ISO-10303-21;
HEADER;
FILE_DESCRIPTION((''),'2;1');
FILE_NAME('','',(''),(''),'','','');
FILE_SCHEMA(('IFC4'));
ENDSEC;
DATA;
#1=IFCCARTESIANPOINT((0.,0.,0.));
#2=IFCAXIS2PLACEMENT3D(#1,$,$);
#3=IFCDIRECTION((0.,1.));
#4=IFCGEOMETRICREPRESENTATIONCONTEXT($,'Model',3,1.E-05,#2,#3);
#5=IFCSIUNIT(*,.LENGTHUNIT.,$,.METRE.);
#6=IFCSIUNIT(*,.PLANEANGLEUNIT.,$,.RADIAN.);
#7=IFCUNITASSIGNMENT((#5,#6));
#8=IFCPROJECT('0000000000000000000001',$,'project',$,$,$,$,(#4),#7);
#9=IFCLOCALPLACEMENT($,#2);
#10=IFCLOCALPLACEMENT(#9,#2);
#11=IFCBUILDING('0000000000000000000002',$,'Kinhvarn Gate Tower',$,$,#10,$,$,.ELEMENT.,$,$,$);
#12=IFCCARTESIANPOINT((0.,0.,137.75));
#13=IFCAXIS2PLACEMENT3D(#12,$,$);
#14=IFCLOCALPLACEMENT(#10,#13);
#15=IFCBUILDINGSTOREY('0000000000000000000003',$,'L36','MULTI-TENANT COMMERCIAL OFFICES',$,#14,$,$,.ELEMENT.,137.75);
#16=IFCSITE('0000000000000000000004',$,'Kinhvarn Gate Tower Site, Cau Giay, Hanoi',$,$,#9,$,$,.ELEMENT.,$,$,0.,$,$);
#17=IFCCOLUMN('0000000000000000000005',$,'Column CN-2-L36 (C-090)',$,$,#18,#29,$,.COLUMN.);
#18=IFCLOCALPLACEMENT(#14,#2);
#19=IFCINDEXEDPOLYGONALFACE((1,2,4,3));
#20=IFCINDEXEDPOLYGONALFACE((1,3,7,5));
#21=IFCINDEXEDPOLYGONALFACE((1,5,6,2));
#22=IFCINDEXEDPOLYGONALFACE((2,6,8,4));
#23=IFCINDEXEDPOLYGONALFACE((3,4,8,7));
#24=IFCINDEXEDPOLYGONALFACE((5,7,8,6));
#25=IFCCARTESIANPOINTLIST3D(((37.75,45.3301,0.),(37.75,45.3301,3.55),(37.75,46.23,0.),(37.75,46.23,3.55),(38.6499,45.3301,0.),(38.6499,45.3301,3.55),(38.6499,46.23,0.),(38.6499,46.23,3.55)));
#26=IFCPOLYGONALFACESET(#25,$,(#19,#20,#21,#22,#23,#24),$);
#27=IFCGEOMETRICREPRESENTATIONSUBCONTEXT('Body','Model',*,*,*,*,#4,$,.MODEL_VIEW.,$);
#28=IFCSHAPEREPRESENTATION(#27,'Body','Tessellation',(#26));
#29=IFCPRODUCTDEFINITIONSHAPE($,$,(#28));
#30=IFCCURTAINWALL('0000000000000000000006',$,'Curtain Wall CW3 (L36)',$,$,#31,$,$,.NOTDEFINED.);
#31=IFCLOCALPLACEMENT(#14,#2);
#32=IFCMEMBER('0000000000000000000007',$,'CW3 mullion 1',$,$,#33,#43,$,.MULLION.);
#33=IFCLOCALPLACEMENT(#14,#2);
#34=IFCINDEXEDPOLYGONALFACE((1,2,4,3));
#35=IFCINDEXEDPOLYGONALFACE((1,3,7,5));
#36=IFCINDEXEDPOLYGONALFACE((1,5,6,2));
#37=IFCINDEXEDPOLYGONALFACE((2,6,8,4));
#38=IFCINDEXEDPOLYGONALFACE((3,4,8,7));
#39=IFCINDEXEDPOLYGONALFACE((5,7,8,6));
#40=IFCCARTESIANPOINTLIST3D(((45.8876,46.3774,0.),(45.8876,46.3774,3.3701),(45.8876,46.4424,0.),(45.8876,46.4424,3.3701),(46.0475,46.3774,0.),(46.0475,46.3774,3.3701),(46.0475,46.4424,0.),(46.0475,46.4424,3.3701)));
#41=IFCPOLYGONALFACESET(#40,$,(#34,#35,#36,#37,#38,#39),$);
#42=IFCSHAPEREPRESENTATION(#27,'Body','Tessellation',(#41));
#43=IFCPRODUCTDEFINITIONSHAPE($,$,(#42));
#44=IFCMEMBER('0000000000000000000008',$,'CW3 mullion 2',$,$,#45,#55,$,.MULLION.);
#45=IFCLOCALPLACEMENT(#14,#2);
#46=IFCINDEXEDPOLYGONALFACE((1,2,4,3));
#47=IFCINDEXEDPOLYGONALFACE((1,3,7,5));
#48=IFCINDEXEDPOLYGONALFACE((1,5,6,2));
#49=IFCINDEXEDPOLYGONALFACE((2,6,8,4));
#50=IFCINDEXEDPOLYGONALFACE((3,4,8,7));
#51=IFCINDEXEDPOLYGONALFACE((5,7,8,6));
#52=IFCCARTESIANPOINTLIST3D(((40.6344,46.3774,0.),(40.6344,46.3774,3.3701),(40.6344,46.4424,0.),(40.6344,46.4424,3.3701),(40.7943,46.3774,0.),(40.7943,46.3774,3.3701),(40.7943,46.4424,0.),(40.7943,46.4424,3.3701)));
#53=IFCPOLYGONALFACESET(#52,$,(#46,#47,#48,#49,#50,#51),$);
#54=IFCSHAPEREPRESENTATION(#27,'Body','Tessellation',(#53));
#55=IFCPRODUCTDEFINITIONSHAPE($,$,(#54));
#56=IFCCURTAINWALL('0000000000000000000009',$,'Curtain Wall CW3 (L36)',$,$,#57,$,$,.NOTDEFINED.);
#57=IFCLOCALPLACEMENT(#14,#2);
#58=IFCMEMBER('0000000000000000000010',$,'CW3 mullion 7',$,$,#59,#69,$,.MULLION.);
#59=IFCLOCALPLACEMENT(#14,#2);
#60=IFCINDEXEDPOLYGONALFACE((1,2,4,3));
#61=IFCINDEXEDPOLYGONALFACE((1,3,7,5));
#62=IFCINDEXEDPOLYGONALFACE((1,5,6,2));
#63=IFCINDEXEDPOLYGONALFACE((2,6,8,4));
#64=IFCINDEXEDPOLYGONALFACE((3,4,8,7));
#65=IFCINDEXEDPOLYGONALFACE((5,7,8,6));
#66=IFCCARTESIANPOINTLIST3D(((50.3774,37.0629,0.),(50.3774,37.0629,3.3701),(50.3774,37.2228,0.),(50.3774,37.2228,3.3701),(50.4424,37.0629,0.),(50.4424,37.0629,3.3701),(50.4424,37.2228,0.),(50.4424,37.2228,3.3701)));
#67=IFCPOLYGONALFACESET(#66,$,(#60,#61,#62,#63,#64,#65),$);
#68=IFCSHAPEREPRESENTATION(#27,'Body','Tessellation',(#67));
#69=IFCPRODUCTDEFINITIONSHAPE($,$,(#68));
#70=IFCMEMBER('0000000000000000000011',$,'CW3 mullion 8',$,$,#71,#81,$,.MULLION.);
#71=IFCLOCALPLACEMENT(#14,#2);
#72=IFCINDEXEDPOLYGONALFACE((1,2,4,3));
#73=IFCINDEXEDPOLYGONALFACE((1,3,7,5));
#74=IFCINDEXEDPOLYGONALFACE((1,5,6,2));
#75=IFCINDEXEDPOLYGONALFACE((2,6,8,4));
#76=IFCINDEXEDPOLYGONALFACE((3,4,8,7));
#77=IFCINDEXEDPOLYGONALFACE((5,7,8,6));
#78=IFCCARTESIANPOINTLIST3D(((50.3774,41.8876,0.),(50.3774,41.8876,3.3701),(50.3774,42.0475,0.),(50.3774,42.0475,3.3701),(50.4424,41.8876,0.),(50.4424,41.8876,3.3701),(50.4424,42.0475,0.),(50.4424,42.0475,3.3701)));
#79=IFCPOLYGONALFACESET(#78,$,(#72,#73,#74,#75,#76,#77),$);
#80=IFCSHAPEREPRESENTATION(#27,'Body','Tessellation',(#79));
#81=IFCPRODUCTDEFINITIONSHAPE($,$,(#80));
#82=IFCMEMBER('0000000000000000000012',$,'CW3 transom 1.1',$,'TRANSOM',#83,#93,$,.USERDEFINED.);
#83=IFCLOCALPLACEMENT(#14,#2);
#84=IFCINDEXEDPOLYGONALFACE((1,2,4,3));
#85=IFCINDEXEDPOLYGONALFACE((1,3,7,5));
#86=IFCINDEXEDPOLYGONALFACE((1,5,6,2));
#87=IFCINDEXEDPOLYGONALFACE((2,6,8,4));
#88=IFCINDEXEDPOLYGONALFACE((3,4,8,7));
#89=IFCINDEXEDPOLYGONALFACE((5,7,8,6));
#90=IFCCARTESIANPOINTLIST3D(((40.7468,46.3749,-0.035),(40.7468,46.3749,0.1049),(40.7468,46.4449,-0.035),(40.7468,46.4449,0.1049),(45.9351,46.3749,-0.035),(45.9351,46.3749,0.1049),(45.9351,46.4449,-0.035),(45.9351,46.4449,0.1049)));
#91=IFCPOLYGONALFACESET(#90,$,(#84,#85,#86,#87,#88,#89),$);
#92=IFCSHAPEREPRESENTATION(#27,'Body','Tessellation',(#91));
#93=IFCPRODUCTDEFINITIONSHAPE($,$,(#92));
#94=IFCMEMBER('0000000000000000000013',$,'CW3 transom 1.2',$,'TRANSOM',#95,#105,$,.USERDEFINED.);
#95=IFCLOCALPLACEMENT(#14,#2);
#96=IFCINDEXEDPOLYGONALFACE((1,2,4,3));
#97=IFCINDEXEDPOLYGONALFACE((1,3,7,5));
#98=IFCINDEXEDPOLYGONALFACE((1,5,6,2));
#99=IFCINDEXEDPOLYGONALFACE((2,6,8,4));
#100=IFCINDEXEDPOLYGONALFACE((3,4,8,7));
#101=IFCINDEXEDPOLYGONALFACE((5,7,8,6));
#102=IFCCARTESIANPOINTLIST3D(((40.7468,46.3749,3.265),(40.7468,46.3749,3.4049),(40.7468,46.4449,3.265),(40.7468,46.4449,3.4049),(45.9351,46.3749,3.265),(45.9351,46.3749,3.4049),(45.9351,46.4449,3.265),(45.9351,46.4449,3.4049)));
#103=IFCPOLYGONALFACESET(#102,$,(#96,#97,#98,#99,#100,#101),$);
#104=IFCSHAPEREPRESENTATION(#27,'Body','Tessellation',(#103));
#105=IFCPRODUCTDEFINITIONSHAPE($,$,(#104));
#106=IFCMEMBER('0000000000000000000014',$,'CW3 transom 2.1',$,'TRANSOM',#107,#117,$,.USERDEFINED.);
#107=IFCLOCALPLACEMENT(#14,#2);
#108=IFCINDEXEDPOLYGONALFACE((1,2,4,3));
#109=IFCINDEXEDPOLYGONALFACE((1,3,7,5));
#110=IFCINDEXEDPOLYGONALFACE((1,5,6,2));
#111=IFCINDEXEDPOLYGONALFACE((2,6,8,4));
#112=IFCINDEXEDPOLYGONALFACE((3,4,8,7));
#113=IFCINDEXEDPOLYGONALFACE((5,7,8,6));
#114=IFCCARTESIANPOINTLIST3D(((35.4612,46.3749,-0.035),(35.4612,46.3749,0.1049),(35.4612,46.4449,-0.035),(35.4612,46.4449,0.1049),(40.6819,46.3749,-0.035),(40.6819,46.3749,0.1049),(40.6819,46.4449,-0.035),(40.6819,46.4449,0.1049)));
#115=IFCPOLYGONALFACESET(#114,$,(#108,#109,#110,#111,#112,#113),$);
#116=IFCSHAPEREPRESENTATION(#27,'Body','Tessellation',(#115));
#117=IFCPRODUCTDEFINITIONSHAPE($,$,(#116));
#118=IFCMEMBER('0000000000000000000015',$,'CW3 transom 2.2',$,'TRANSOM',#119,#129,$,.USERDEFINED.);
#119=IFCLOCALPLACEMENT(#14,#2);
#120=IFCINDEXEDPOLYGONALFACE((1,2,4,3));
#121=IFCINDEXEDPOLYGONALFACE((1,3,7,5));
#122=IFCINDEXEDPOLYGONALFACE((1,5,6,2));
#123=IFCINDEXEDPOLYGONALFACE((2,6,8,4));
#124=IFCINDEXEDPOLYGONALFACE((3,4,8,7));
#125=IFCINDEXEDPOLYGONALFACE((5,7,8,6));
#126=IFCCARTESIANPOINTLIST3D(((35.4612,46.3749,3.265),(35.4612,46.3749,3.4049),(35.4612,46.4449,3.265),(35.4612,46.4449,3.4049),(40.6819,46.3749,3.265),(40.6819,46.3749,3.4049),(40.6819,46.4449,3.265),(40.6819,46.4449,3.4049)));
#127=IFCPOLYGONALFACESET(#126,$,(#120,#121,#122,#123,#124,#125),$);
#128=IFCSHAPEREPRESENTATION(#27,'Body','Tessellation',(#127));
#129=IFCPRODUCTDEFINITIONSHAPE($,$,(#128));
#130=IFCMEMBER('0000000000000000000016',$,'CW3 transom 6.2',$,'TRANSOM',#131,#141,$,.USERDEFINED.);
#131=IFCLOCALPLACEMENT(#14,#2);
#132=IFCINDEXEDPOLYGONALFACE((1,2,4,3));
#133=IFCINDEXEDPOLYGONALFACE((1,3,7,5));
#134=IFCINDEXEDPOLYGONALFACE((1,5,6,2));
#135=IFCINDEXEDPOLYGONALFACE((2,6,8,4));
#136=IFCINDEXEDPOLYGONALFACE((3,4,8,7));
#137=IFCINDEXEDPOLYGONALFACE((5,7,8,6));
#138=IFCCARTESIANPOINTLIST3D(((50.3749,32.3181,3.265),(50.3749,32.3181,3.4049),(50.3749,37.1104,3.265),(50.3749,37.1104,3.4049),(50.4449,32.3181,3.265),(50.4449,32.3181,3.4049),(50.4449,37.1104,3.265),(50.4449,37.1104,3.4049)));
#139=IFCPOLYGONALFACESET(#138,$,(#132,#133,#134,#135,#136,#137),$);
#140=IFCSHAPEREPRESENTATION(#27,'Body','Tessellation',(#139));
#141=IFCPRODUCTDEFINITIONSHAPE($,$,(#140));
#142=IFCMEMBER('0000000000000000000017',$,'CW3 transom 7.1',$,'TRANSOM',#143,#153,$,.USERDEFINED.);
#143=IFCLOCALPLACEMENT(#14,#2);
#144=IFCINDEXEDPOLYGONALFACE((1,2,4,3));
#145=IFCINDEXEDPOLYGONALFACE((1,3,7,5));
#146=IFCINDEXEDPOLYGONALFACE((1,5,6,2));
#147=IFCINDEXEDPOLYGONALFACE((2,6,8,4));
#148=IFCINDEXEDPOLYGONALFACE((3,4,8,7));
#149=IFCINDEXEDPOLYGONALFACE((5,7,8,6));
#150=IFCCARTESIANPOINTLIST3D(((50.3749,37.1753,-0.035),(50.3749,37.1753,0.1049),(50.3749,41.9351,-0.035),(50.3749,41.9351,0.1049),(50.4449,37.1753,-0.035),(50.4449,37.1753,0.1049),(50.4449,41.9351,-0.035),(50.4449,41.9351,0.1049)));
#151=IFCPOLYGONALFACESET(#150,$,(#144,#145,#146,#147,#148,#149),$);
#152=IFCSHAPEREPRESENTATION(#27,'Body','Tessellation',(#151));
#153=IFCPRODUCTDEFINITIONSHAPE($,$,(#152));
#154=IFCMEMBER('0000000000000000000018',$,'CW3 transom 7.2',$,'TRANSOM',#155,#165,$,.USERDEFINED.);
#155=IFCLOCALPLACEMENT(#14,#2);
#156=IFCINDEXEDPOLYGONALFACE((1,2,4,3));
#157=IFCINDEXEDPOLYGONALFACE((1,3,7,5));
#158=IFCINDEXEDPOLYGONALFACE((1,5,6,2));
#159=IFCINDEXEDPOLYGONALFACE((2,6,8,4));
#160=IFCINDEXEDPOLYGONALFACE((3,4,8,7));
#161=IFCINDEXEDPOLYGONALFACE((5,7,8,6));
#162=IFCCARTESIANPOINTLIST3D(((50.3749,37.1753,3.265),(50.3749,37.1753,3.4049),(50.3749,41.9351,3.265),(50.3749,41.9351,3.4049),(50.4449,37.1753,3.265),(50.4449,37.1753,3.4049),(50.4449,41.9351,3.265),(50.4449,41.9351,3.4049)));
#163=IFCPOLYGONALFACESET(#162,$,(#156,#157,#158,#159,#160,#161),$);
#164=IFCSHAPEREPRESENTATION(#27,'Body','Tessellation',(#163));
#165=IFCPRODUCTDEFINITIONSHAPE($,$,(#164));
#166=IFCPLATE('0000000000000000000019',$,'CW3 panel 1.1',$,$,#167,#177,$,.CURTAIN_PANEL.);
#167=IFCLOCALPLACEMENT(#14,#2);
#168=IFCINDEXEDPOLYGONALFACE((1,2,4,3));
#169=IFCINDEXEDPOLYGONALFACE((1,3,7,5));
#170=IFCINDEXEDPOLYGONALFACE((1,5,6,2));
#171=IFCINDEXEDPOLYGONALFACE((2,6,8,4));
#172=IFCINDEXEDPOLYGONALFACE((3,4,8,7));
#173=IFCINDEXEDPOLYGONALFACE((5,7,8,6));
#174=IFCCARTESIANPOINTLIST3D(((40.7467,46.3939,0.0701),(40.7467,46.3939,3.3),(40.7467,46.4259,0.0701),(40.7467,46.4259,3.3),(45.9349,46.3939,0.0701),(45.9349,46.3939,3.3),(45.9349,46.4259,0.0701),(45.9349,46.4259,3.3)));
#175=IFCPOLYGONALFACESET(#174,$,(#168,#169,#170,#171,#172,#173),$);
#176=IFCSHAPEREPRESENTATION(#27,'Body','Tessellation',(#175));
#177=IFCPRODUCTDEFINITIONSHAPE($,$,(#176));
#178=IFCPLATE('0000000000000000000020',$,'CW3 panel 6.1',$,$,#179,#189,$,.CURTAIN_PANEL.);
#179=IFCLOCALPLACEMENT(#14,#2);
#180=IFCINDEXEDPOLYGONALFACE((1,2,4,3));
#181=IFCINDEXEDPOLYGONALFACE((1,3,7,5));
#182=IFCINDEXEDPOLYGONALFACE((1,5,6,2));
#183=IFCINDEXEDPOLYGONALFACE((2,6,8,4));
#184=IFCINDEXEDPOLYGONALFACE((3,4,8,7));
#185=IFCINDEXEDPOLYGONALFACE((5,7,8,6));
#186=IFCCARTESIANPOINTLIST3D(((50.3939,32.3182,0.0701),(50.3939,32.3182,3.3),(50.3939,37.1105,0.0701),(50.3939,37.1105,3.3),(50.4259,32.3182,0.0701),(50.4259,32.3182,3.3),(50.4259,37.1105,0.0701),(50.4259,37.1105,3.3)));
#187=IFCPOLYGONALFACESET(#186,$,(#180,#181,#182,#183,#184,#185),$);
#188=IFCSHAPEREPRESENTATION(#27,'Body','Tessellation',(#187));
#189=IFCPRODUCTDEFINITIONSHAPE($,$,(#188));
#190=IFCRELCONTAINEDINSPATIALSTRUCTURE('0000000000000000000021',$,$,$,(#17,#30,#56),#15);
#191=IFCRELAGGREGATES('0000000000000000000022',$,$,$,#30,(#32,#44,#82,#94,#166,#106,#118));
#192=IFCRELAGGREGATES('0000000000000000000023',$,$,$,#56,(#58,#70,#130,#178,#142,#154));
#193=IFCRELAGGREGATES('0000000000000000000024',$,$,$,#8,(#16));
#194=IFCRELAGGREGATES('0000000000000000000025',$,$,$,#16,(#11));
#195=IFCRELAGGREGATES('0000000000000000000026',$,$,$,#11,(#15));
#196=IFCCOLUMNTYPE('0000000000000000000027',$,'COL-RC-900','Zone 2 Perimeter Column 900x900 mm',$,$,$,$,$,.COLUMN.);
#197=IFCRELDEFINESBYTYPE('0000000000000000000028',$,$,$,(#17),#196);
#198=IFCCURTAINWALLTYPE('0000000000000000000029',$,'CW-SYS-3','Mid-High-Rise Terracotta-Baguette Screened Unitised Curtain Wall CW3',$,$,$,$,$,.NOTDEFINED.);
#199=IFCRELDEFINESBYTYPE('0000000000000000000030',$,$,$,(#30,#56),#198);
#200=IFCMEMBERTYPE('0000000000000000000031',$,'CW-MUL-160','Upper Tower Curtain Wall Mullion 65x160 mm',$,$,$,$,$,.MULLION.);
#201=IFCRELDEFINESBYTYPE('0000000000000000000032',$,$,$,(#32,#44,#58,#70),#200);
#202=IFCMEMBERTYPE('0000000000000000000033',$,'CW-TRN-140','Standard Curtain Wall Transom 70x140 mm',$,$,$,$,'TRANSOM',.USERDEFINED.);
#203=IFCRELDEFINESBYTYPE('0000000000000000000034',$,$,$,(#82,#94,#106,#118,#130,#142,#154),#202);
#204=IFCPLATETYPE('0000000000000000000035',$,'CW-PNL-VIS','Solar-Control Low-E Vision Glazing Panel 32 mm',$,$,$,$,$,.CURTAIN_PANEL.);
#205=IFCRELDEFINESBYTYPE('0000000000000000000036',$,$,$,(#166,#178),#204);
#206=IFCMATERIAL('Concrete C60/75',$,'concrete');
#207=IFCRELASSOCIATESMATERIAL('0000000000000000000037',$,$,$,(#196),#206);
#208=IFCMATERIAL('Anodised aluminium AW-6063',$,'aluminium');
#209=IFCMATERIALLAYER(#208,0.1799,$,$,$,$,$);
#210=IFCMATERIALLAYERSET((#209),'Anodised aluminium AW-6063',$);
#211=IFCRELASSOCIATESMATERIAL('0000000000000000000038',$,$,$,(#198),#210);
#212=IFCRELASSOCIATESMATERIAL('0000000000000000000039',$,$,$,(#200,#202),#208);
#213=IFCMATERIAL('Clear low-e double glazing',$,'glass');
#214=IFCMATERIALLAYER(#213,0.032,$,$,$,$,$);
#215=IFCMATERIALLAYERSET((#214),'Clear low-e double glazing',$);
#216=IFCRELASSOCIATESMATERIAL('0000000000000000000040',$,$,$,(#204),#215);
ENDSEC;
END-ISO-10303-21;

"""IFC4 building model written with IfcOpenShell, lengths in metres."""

from ifc_helpers import new_model, si_unit, direction, frame, origin, origin_2d, place, context, subcontext, project, spatial, rectangle, extrude, material, layer, layer_set, material_profile, profile_set, type_object, element, aggregate, save


model = new_model("IFC4")

# Units and contexts
model_context = context("Model", 3, precision=1e-05, world=origin(), true_north=direction((0.0, 1.0)))
body_context = subcontext(model_context, "Body", "Model", "MODEL_VIEW")
ifc_project = project(units=[si_unit("LENGTHUNIT", "METRE"), si_unit("PLANEANGLEUNIT", "RADIAN")], contexts=[model_context])

# Site, building, storey
site_placement = place(None, origin())
site = spatial("IfcSite", under=ifc_project, at=site_placement, Name="Kinhvarn Gate Tower Site, Cau Giay, Hanoi", CompositionType="ELEMENT", RefElevation=0.0)
building_placement = place(site_placement, origin())
building = spatial("IfcBuilding", under=site, at=building_placement, Name="Kinhvarn Gate Tower", CompositionType="ELEMENT")
storey_placement = place(building_placement, frame((0.0, 0.0, 137.75)))
storey = spatial("IfcBuildingStorey", under=building, at=storey_placement, Name="L36", Description="MULTI-TENANT COMMERCIAL OFFICES", CompositionType="ELEMENT", Elevation=137.75)

# Column
ifc_material_1 = material(Name="Concrete C60/75", Category="concrete")
ifc_material_profile_1 = material_profile(ifc_material_1, rectangle(XDim=0.8999, YDim=0.8999, at=origin_2d()), Name="RC 900x900")
ifc_profile_set_1 = profile_set([ifc_material_profile_1], Name="Concrete C60/75")
column_type = type_object("IfcColumnType", Name="COL-RC-900", Description="Zone 2 Perimeter Column 900x900 mm", PredefinedType="COLUMN", material=ifc_profile_set_1)
column_placement = place(storey_placement, frame((38.2, 45.78, 0.0), z_axis=(0.0, 0.0, 1.0), x_axis=(1.0, 0.0, 0.0)))
element("IfcColumn", 1, at=column_placement, inside=storey, type_object=column_type, Name="Column CN-2-L36 (C-090)", PredefinedType="COLUMN", context=body_context, shape_type="SweptSolid", body=[
    extrude(rectangle(XDim=0.8999, YDim=0.8999, at=origin_2d()), origin(), (0.0, 0.0, 1.0), 3.55),
])

# Curtain walls, members
ifc_material_2 = material(Name="Anodised aluminium AW-6063", Category="aluminium")
ifc_layer_1 = layer(ifc_material_2, 0.1799)
ifc_layer_set_1 = layer_set([ifc_layer_1], Name="Anodised aluminium AW-6063")
curtain_wall_type = type_object("IfcCurtainWallType", Name="CW-SYS-3", Description="Mid-High-Rise Terracotta-Baguette Screened Unitised Curtain Wall CW3", PredefinedType="NOTDEFINED", material=ifc_layer_set_1)
curtain_wall_1_placement = place(storey_placement, origin())
curtain_wall_1 = element("IfcCurtainWall", 2, at=curtain_wall_1_placement, inside=storey, type_object=curtain_wall_type, Name="Curtain Wall CW3 (L36)", PredefinedType="NOTDEFINED")
ifc_material_profile_2 = material_profile(ifc_material_2, rectangle(XDim=0.0649, YDim=0.1599, at=origin_2d()), Name="ALU 65x160")
ifc_profile_set_2 = profile_set([ifc_material_profile_2], Name="Anodised aluminium AW-6063")
member_type_1 = type_object("IfcMemberType", Name="CW-MUL-160", Description="Upper Tower Curtain Wall Mullion 65x160 mm", PredefinedType="MULLION", material=ifc_profile_set_2)
member_1_placement = place(storey_placement, frame((45.9675, 46.4099, 0.0), z_axis=(0.0, 0.0, 1.0), x_axis=(0.0, -1.0, 0.0)))
member_1 = element("IfcMember", 3, at=member_1_placement, type_object=member_type_1, Name="CW3 mullion 1", PredefinedType="MULLION", context=body_context, shape_type="SweptSolid", body=[
    extrude(rectangle(XDim=0.0649, YDim=0.1599, at=origin_2d()), origin(), (0.0, 0.0, 1.0), 3.3701),
])
member_2_placement = place(storey_placement, frame((40.7144, 46.4099, 0.0), z_axis=(0.0, 0.0, 1.0), x_axis=(0.0, -1.0, 0.0)))
member_2 = element("IfcMember", 4, at=member_2_placement, type_object=member_type_1, Name="CW3 mullion 2", PredefinedType="MULLION", context=body_context, shape_type="SweptSolid", body=[
    extrude(rectangle(XDim=0.0649, YDim=0.1599, at=origin_2d()), origin(), (0.0, 0.0, 1.0), 3.3701),
])
curtain_wall_2_placement = place(storey_placement, origin())
curtain_wall_2 = element("IfcCurtainWall", 5, at=curtain_wall_2_placement, inside=storey, type_object=curtain_wall_type, Name="Curtain Wall CW3 (L36)", PredefinedType="NOTDEFINED")
member_3_placement = place(storey_placement, frame((50.4099, 37.1428, 0.0), z_axis=(0.0, 0.0, 1.0), x_axis=(-1.0, 0.0, 0.0)))
member_3 = element("IfcMember", 6, at=member_3_placement, type_object=member_type_1, Name="CW3 mullion 7", PredefinedType="MULLION", context=body_context, shape_type="SweptSolid", body=[
    extrude(rectangle(XDim=0.0649, YDim=0.1599, at=origin_2d()), origin(), (0.0, 0.0, 1.0), 3.3701),
])
member_4_placement = place(storey_placement, frame((50.4099, 41.9675, 0.0), z_axis=(0.0, 0.0, 1.0), x_axis=(-1.0, 0.0, 0.0)))
member_4 = element("IfcMember", 7, at=member_4_placement, type_object=member_type_1, Name="CW3 mullion 8", PredefinedType="MULLION", context=body_context, shape_type="SweptSolid", body=[
    extrude(rectangle(XDim=0.0649, YDim=0.1599, at=origin_2d()), origin(), (0.0, 0.0, 1.0), 3.3701),
])

# Members
ifc_material_profile_3 = material_profile(ifc_material_2, rectangle(XDim=0.0701, YDim=0.1399, at=origin_2d()), Name="ALU 70x140")
ifc_profile_set_3 = profile_set([ifc_material_profile_3], Name="Anodised aluminium AW-6063")
member_type_2 = type_object("IfcMemberType", Name="CW-TRN-140", Description="Standard Curtain Wall Transom 70x140 mm", ElementType="TRANSOM", PredefinedType="USERDEFINED", material=ifc_profile_set_3)
member_5_placement = place(storey_placement, frame((45.9351, 46.4099, 0.0349), z_axis=(-1.0, 0.0, 0.0), x_axis=(0.0, -1.0, 0.0)))
member_5 = element("IfcMember", 8, at=member_5_placement, type_object=member_type_2, Name="CW3 transom 1.1", ObjectType="TRANSOM", PredefinedType="USERDEFINED", context=body_context, shape_type="SweptSolid", body=[
    extrude(rectangle(XDim=0.0701, YDim=0.1399, at=origin_2d()), origin(), (0.0, 0.0, 1.0), 5.1882),
])
member_6_placement = place(storey_placement, frame((45.9351, 46.4099, 3.335), z_axis=(-1.0, 0.0, 0.0), x_axis=(0.0, -1.0, 0.0)))
member_6 = element("IfcMember", 9, at=member_6_placement, type_object=member_type_2, Name="CW3 transom 1.2", ObjectType="TRANSOM", PredefinedType="USERDEFINED", context=body_context, shape_type="SweptSolid", body=[
    extrude(rectangle(XDim=0.0701, YDim=0.1399, at=origin_2d()), origin(), (0.0, 0.0, 1.0), 5.1882),
])
member_7_placement = place(storey_placement, frame((40.6819, 46.4099, 0.0349), z_axis=(-1.0, 0.0, 0.0), x_axis=(0.0, -1.0, 0.0)))
member_7 = element("IfcMember", 10, at=member_7_placement, type_object=member_type_2, Name="CW3 transom 2.1", ObjectType="TRANSOM", PredefinedType="USERDEFINED", context=body_context, shape_type="SweptSolid", body=[
    extrude(rectangle(XDim=0.0701, YDim=0.1399, at=origin_2d()), origin(), (0.0, 0.0, 1.0), 5.2207),
])
member_8_placement = place(storey_placement, frame((40.6819, 46.4099, 3.335), z_axis=(-1.0, 0.0, 0.0), x_axis=(0.0, -1.0, 0.0)))
member_8 = element("IfcMember", 11, at=member_8_placement, type_object=member_type_2, Name="CW3 transom 2.2", ObjectType="TRANSOM", PredefinedType="USERDEFINED", context=body_context, shape_type="SweptSolid", body=[
    extrude(rectangle(XDim=0.0701, YDim=0.1399, at=origin_2d()), origin(), (0.0, 0.0, 1.0), 5.2207),
])
member_9_placement = place(storey_placement, frame((50.4099, 32.3181, 3.335), z_axis=(0.0, 1.0, 0.0), x_axis=(-1.0, 0.0, 0.0)))
member_9 = element("IfcMember", 12, at=member_9_placement, type_object=member_type_2, Name="CW3 transom 6.2", ObjectType="TRANSOM", PredefinedType="USERDEFINED", context=body_context, shape_type="SweptSolid", body=[
    extrude(rectangle(XDim=0.0701, YDim=0.1399, at=origin_2d()), origin(), (0.0, 0.0, 1.0), 4.7922),
])
member_10_placement = place(storey_placement, frame((50.4099, 37.1753, 0.0349), z_axis=(0.0, 1.0, 0.0), x_axis=(-1.0, 0.0, 0.0)))
member_10 = element("IfcMember", 13, at=member_10_placement, type_object=member_type_2, Name="CW3 transom 7.1", ObjectType="TRANSOM", PredefinedType="USERDEFINED", context=body_context, shape_type="SweptSolid", body=[
    extrude(rectangle(XDim=0.0701, YDim=0.1399, at=origin_2d()), origin(), (0.0, 0.0, 1.0), 4.7598),
])
member_11_placement = place(storey_placement, frame((50.4099, 37.1753, 3.335), z_axis=(0.0, 1.0, 0.0), x_axis=(-1.0, 0.0, 0.0)))
member_11 = element("IfcMember", 14, at=member_11_placement, type_object=member_type_2, Name="CW3 transom 7.2", ObjectType="TRANSOM", PredefinedType="USERDEFINED", context=body_context, shape_type="SweptSolid", body=[
    extrude(rectangle(XDim=0.0701, YDim=0.1399, at=origin_2d()), origin(), (0.0, 0.0, 1.0), 4.7598),
])

# Plates
ifc_material_3 = material(Name="Clear low-e double glazing", Category="glass")
ifc_layer_2 = layer(ifc_material_3, 0.032)
ifc_layer_set_2 = layer_set([ifc_layer_2], Name="Clear low-e double glazing")
plate_type = type_object("IfcPlateType", Name="CW-PNL-VIS", Description="Solar-Control Low-E Vision Glazing Panel 32 mm", PredefinedType="CURTAIN_PANEL", material=ifc_layer_set_2)
plate_1_placement = place(storey_placement, frame((43.3408, 46.4099, 0.0701), z_axis=(0.0, 0.0, 1.0), x_axis=(-1.0, 0.0, 0.0)))
plate_1 = element("IfcPlate", 15, at=plate_1_placement, type_object=plate_type, Name="CW3 panel 1.1", PredefinedType="CURTAIN_PANEL", context=body_context, shape_type="SweptSolid", body=[
    extrude(rectangle(XDim=5.1882, YDim=0.032, at=origin_2d()), origin(), (0.0, 0.0, 1.0), 3.23),
])
aggregate(curtain_wall_1, [member_1, member_2, member_5, member_6, plate_1, member_7, member_8])
plate_2_placement = place(storey_placement, frame((50.4099, 34.7144, 0.0701), z_axis=(0.0, 0.0, 1.0), x_axis=(0.0, 1.0, 0.0)))
plate_2 = element("IfcPlate", 16, at=plate_2_placement, type_object=plate_type, Name="CW3 panel 6.1", PredefinedType="CURTAIN_PANEL", context=body_context, shape_type="SweptSolid", body=[
    extrude(rectangle(XDim=4.7922, YDim=0.032, at=origin_2d()), origin(), (0.0, 0.0, 1.0), 3.23),
])
aggregate(curtain_wall_2, [member_3, member_4, member_9, plate_2, member_10, member_11])

save(model, "model.ifc")
